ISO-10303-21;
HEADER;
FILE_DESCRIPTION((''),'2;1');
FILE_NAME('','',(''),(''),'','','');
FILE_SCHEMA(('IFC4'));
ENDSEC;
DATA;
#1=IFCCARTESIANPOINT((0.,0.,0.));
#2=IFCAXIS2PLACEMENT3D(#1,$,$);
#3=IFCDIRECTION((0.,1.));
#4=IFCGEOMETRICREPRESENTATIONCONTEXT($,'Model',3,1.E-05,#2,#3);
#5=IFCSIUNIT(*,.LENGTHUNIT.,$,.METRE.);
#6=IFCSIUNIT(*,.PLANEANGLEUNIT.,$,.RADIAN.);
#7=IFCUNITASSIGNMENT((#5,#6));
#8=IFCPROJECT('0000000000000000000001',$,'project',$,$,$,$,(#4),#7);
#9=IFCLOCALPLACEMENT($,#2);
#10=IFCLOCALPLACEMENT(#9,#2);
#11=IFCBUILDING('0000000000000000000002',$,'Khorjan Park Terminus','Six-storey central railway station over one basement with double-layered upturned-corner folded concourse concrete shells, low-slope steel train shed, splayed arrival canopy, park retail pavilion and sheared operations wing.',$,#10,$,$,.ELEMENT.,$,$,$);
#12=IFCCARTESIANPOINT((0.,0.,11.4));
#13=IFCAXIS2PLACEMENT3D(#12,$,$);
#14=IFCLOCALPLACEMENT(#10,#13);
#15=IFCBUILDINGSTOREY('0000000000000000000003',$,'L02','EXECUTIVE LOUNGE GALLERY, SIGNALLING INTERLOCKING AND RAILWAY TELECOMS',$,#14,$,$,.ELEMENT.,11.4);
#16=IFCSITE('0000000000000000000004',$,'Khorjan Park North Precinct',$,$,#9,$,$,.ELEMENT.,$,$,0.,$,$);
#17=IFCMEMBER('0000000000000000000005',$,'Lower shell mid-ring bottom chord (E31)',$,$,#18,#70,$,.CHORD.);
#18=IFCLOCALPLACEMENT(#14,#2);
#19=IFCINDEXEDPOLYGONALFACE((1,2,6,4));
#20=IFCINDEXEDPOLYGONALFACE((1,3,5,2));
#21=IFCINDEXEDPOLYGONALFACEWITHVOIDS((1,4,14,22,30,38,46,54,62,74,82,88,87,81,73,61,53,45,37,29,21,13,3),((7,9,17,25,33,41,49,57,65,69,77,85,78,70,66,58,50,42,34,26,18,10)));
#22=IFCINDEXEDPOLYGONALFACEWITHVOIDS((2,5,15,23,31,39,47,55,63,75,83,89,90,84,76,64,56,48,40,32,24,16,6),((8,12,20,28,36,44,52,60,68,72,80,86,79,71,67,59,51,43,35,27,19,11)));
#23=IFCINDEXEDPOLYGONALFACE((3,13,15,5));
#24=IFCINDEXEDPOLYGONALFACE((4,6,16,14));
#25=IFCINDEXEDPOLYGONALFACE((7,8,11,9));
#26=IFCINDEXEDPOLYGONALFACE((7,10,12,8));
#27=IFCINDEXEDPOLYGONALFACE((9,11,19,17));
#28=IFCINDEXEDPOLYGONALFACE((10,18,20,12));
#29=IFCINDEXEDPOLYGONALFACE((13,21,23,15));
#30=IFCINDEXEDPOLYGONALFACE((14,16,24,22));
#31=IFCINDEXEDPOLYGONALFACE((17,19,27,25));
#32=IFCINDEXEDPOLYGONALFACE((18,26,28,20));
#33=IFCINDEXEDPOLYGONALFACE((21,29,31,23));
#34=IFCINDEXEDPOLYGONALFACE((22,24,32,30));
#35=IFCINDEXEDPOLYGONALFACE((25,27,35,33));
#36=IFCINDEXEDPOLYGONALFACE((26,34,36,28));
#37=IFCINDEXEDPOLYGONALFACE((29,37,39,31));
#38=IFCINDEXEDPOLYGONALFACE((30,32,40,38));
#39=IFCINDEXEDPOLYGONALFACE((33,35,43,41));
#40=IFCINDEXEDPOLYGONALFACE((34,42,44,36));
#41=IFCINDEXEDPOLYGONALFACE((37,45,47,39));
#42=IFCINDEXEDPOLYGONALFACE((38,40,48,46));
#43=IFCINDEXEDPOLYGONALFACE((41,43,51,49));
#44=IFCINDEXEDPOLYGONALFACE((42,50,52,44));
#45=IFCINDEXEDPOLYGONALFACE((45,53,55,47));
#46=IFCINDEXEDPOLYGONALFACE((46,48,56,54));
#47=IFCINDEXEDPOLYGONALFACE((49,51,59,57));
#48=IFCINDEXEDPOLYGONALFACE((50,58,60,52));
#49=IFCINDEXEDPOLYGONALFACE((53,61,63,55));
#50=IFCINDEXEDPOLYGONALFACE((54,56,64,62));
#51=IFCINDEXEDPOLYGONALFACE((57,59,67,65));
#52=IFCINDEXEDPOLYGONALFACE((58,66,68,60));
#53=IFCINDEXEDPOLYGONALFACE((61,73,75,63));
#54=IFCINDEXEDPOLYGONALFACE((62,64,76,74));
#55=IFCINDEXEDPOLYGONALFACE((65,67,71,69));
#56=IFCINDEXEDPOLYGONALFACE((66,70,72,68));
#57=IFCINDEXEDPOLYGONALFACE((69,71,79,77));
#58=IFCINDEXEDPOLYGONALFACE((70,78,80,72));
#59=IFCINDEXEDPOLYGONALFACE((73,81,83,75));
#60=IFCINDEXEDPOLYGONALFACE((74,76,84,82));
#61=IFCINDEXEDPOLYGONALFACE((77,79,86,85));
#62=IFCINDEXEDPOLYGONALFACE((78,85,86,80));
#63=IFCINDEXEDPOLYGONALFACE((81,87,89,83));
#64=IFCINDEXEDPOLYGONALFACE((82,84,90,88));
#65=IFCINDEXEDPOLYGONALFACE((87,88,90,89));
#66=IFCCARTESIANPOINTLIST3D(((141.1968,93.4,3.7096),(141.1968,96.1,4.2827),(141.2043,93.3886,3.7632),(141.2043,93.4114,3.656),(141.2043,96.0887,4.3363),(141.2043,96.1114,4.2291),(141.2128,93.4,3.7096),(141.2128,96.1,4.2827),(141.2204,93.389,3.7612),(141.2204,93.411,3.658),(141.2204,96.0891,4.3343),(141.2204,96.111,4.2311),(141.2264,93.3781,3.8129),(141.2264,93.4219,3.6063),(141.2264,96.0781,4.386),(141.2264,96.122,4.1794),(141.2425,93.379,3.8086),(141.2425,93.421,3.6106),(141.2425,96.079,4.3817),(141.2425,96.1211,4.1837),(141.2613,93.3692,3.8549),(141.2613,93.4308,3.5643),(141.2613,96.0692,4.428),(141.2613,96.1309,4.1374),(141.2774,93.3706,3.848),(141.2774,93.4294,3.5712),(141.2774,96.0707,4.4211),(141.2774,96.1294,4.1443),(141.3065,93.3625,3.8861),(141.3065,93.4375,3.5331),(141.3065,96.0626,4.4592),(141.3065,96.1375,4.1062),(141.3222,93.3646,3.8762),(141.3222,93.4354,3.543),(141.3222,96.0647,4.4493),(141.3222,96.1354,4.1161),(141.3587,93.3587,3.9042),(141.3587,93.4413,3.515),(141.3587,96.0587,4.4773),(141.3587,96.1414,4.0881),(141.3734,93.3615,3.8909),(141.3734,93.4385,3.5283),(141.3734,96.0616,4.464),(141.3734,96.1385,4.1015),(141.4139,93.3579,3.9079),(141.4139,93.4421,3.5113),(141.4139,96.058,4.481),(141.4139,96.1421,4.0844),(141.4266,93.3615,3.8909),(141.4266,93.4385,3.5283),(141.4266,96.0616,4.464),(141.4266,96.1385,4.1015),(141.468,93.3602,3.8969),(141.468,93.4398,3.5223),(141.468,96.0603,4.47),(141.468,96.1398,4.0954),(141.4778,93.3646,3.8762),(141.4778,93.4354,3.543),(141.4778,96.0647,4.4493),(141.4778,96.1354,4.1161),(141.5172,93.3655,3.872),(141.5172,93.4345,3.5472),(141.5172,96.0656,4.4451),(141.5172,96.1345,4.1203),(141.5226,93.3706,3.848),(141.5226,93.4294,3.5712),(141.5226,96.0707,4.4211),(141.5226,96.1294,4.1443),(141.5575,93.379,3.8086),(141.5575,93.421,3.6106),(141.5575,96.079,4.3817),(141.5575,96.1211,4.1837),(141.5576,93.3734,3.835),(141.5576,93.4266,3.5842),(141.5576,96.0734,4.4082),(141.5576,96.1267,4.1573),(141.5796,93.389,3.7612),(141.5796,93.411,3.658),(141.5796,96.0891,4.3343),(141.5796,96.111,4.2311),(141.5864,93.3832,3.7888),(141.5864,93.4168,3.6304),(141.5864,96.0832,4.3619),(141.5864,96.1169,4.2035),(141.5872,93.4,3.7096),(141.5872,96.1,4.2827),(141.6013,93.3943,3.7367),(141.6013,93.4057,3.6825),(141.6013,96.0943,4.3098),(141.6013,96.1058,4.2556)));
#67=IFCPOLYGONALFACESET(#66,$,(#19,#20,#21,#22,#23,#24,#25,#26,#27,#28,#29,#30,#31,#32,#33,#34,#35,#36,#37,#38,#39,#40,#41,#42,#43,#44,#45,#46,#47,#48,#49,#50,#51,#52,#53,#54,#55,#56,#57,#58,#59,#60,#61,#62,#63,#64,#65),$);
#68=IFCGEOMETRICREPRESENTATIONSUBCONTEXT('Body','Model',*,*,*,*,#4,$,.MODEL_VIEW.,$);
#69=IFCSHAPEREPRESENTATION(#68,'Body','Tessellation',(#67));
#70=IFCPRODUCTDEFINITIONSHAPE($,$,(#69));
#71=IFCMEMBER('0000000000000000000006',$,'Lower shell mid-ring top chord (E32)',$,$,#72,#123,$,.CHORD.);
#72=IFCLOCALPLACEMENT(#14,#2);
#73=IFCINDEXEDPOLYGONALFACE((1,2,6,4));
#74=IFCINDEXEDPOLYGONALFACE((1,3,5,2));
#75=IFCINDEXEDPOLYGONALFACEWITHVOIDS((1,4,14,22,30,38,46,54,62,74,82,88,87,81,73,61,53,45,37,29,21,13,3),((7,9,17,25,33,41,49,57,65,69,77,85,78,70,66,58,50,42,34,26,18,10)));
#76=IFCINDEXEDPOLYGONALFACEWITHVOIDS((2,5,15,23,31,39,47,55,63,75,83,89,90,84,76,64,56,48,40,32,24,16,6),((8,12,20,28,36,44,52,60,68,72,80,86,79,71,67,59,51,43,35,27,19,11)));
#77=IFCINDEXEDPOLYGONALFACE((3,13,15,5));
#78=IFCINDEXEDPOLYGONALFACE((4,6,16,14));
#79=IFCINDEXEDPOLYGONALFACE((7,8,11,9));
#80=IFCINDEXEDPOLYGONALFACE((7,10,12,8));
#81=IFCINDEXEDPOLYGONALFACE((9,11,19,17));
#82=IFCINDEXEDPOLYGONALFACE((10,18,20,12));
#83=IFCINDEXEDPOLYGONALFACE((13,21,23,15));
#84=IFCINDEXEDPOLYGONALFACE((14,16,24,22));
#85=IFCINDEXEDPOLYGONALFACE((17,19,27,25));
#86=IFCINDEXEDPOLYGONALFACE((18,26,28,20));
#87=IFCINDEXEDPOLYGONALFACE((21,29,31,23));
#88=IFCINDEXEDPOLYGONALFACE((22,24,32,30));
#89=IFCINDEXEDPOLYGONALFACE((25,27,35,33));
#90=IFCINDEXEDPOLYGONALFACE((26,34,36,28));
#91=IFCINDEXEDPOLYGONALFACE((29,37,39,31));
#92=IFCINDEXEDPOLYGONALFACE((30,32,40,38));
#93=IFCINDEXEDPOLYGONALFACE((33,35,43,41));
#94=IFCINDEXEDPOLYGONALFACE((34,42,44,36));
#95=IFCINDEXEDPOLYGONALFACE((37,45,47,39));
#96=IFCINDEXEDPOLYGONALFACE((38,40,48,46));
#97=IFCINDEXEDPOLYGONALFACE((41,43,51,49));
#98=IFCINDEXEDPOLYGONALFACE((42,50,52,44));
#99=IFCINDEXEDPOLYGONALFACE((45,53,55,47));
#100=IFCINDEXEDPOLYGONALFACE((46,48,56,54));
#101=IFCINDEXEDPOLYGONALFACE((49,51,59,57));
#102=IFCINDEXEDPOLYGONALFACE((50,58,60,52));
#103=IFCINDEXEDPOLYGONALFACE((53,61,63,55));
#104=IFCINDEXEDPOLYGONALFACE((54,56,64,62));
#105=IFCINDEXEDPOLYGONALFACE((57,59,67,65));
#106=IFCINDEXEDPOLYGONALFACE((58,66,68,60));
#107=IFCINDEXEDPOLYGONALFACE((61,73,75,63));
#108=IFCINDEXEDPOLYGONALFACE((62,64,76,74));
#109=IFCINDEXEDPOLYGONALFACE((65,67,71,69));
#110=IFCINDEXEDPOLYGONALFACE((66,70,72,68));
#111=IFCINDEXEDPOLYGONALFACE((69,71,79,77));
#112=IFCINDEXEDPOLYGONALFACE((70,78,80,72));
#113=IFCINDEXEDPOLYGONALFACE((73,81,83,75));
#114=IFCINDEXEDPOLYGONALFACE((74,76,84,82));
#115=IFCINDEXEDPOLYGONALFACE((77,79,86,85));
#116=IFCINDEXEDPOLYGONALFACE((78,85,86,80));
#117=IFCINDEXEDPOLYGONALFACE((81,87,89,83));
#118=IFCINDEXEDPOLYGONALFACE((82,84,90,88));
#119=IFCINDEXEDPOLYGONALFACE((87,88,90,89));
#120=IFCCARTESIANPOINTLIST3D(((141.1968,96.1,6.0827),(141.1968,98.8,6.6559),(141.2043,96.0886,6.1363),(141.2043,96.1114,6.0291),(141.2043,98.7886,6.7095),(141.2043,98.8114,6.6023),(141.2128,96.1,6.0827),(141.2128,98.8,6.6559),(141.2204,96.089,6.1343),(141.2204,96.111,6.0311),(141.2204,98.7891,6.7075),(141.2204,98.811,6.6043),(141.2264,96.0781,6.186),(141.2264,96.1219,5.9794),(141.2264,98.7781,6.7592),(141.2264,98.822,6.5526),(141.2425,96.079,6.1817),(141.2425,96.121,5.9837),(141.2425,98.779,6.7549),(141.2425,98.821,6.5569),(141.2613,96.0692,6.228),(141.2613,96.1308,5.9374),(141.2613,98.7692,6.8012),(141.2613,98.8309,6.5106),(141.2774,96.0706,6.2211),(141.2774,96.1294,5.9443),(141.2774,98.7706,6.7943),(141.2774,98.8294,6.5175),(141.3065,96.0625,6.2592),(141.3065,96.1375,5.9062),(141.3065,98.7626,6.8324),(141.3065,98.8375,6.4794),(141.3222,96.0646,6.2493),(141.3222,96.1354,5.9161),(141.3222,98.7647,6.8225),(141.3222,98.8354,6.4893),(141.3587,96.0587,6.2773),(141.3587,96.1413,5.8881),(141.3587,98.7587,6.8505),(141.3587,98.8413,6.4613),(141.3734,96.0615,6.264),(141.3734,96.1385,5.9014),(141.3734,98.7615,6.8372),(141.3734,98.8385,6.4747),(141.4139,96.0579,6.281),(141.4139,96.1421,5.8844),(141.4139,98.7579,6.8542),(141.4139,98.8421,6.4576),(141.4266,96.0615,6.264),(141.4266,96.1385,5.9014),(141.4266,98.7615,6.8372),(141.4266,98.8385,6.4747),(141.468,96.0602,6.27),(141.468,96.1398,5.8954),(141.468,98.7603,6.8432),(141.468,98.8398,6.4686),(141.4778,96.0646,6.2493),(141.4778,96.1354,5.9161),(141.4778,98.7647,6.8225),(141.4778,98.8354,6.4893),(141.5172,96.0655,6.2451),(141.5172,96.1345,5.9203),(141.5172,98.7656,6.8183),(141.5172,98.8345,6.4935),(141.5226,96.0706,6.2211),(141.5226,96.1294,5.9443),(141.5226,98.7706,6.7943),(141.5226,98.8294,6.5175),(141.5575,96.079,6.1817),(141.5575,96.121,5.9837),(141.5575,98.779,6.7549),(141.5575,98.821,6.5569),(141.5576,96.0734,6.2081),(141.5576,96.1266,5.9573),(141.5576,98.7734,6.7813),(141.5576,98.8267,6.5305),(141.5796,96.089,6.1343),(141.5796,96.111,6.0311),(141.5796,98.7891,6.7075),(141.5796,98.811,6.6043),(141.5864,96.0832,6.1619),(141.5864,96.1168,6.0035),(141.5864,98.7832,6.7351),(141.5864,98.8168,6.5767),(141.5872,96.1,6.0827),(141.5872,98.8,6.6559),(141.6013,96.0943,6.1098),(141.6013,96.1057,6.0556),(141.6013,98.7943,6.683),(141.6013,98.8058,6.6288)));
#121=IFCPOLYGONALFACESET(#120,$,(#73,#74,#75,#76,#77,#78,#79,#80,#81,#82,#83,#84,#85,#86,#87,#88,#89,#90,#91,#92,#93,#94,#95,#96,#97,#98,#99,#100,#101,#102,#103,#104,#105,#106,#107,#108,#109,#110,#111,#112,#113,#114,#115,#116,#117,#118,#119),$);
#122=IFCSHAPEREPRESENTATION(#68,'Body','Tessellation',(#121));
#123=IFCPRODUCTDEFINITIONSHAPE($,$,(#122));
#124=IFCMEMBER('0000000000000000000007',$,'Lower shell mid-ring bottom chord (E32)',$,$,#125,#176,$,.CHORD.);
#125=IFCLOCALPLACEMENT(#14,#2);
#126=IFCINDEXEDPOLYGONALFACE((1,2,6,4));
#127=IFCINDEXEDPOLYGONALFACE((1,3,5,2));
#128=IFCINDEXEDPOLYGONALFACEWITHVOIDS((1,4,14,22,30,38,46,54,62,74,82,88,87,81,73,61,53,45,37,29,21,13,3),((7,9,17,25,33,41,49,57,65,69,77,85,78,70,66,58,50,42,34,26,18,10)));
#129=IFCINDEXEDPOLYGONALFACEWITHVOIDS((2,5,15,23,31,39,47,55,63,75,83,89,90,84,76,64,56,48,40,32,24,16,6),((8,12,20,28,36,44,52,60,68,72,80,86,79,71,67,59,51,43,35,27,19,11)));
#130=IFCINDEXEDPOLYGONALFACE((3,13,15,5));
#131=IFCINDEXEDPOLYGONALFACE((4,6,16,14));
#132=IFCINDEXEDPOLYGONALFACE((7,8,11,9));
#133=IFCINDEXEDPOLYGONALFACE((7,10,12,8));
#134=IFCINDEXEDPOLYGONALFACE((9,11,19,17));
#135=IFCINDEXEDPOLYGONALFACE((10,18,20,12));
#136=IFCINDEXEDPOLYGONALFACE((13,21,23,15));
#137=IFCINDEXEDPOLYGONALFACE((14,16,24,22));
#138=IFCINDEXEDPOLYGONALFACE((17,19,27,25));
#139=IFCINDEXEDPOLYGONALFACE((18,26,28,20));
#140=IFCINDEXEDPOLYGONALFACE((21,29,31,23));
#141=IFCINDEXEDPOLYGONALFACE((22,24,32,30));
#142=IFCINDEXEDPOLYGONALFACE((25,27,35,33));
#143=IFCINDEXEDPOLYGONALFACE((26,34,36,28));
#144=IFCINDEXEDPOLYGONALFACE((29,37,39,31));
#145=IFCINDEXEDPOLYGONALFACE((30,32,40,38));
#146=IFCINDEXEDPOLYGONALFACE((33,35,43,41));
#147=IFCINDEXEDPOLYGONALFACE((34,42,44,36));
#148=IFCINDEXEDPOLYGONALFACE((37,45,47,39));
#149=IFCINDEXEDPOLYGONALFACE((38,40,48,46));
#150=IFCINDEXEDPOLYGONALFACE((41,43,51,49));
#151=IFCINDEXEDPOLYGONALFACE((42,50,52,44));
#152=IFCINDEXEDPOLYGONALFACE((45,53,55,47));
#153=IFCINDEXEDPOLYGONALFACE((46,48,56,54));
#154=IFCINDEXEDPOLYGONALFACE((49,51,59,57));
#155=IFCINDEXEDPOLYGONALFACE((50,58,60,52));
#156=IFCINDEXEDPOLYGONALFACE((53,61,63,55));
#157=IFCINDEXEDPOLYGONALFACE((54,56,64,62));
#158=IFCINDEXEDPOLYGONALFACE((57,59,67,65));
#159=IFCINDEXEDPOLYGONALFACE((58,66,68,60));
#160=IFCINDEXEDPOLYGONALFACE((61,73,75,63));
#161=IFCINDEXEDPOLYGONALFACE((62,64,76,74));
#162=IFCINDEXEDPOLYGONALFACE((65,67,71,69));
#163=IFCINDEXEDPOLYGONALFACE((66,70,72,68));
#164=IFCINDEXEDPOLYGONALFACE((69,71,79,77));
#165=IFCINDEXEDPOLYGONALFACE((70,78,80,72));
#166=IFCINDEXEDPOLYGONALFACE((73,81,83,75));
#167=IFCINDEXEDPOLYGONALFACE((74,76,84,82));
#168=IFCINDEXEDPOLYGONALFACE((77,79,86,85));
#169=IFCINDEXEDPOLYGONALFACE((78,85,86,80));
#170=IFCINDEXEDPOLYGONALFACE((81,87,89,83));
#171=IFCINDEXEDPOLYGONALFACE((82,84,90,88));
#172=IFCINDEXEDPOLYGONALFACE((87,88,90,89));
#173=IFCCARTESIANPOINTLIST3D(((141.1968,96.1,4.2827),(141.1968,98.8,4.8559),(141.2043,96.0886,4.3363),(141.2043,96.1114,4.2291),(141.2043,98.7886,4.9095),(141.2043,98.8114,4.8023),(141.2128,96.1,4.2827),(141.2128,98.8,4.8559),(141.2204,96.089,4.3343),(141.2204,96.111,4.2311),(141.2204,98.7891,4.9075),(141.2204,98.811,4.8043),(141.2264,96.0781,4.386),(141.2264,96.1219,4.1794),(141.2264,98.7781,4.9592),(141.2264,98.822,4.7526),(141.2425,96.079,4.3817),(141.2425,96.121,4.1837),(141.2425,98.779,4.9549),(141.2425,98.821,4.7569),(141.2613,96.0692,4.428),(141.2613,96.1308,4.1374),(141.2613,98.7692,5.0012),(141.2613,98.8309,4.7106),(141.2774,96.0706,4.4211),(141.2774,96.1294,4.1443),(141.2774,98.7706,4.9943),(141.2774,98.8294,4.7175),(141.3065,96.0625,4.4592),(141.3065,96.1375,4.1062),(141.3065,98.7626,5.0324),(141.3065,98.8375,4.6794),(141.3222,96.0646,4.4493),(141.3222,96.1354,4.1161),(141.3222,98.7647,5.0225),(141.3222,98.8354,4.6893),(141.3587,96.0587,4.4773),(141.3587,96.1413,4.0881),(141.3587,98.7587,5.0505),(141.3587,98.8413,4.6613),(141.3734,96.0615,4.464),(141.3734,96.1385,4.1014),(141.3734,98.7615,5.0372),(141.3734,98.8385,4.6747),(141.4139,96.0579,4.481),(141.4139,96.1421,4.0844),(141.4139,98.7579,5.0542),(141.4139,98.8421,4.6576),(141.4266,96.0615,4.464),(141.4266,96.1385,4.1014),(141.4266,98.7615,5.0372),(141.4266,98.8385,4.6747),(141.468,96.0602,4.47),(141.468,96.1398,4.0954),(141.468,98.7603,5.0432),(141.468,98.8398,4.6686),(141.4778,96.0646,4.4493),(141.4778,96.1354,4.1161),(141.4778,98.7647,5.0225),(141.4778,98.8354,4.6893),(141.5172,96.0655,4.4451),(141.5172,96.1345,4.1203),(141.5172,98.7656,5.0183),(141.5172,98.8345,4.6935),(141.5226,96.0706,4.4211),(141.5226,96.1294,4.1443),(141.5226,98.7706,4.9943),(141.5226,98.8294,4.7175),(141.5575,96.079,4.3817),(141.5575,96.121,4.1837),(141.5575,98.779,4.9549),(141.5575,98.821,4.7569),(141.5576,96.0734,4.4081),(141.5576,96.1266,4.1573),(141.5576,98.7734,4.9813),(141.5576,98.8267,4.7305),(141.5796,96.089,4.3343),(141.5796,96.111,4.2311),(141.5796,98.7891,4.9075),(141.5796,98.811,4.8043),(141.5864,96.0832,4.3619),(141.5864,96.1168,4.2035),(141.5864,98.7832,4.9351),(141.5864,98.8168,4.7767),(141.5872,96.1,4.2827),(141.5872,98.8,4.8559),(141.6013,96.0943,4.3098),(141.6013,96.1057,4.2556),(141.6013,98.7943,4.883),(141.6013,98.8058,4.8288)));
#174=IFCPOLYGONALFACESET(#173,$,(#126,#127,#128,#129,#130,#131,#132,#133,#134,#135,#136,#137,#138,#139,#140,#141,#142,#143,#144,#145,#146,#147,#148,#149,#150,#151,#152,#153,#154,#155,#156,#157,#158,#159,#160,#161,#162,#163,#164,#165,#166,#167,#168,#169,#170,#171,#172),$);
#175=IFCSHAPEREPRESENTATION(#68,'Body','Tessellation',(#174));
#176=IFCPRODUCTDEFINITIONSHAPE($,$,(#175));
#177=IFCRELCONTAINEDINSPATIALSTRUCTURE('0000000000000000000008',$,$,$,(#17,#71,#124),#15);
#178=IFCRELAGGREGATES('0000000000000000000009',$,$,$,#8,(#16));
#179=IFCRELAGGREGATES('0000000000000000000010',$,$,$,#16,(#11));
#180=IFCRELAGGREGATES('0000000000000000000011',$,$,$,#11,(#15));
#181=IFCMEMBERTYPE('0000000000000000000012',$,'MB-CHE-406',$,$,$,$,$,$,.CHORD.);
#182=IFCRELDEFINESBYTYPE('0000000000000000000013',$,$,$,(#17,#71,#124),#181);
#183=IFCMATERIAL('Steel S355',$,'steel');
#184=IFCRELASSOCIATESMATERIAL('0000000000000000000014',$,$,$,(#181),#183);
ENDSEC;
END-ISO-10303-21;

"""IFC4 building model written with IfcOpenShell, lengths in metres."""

from ifc_helpers import new_model, si_unit, direction, frame, origin, origin_2d, place, context, subcontext, project, spatial, hollow_circle, extrude, material, material_profile, profile_set, type_object, element, save


model = new_model("IFC4")

# Units and contexts
model_context = context("Model", 3, precision=1e-05, world=origin(), true_north=direction((0.0, 1.0)))
body_context = subcontext(model_context, "Body", "Model", "MODEL_VIEW")
ifc_project = project(units=[si_unit("LENGTHUNIT", "METRE"), si_unit("PLANEANGLEUNIT", "RADIAN")], contexts=[model_context])

# Site, building, storey
site_placement = place(None, origin())
site = spatial("IfcSite", under=ifc_project, at=site_placement, Name="Khorjan Park North Precinct", CompositionType="ELEMENT", RefElevation=0.0)
building_placement = place(site_placement, origin())
building = spatial("IfcBuilding", under=site, at=building_placement, Name="Khorjan Park Terminus", Description="Six-storey central railway station over one basement with double-layered upturned-corner folded concourse concrete shells, low-slope steel train shed, splayed arrival canopy, park retail pavilion and sheared operations wing.", CompositionType="ELEMENT")
storey_placement = place(building_placement, frame((0.0, 0.0, 11.4)))
storey = spatial("IfcBuildingStorey", under=building, at=storey_placement, Name="L02", Description="EXECUTIVE LOUNGE GALLERY, SIGNALLING INTERLOCKING AND RAILWAY TELECOMS", CompositionType="ELEMENT", Elevation=11.4)

# Shared definitions
ifc_material_1 = material(Name="Steel S355", Category="steel")

# Members
ifc_material_profile_1 = material_profile(ifc_material_1, hollow_circle(Radius=0.2032, WallThickness=0.016, at=origin_2d()), Name="CHS 406.4x16")
ifc_profile_set_1 = profile_set([ifc_material_profile_1], Name="Steel S355")
member_type_1 = type_object("IfcMemberType", Name="MB-CHE-406", PredefinedType="CHORD", material=ifc_profile_set_1)
for number, where, z_axis, x_axis, name in (
    (1, (141.4, 93.4, 3.7096), (0.0, 0.978207, 0.207633), (-1.0, 0.0, 0.0), "Lower shell mid-ring bottom chord (E31)"),
    (2, (141.4, 96.1, 6.0827), (0.0, 0.978199, 0.207668), (-1.0, 0.0, 0.0), "Lower shell mid-ring top chord (E32)"),
    (3, (141.4, 96.1, 4.2827), (0.0, 0.978199, 0.207668), (-1.0, 0.0, 0.0), "Lower shell mid-ring bottom chord (E32)"),
):
    element("IfcMember", number, at=place(storey_placement, frame(where, z_axis=z_axis, x_axis=x_axis)), inside=storey, type_object=member_type_1, Name=name, PredefinedType="CHORD", context=body_context, shape_type="SweptSolid", body=[
        extrude(hollow_circle(Radius=0.2032, WallThickness=0.016, at=origin_2d()), origin(), (0.0, 0.0, 1.0), 2.7602),
    ])

save(model, "model.ifc")
